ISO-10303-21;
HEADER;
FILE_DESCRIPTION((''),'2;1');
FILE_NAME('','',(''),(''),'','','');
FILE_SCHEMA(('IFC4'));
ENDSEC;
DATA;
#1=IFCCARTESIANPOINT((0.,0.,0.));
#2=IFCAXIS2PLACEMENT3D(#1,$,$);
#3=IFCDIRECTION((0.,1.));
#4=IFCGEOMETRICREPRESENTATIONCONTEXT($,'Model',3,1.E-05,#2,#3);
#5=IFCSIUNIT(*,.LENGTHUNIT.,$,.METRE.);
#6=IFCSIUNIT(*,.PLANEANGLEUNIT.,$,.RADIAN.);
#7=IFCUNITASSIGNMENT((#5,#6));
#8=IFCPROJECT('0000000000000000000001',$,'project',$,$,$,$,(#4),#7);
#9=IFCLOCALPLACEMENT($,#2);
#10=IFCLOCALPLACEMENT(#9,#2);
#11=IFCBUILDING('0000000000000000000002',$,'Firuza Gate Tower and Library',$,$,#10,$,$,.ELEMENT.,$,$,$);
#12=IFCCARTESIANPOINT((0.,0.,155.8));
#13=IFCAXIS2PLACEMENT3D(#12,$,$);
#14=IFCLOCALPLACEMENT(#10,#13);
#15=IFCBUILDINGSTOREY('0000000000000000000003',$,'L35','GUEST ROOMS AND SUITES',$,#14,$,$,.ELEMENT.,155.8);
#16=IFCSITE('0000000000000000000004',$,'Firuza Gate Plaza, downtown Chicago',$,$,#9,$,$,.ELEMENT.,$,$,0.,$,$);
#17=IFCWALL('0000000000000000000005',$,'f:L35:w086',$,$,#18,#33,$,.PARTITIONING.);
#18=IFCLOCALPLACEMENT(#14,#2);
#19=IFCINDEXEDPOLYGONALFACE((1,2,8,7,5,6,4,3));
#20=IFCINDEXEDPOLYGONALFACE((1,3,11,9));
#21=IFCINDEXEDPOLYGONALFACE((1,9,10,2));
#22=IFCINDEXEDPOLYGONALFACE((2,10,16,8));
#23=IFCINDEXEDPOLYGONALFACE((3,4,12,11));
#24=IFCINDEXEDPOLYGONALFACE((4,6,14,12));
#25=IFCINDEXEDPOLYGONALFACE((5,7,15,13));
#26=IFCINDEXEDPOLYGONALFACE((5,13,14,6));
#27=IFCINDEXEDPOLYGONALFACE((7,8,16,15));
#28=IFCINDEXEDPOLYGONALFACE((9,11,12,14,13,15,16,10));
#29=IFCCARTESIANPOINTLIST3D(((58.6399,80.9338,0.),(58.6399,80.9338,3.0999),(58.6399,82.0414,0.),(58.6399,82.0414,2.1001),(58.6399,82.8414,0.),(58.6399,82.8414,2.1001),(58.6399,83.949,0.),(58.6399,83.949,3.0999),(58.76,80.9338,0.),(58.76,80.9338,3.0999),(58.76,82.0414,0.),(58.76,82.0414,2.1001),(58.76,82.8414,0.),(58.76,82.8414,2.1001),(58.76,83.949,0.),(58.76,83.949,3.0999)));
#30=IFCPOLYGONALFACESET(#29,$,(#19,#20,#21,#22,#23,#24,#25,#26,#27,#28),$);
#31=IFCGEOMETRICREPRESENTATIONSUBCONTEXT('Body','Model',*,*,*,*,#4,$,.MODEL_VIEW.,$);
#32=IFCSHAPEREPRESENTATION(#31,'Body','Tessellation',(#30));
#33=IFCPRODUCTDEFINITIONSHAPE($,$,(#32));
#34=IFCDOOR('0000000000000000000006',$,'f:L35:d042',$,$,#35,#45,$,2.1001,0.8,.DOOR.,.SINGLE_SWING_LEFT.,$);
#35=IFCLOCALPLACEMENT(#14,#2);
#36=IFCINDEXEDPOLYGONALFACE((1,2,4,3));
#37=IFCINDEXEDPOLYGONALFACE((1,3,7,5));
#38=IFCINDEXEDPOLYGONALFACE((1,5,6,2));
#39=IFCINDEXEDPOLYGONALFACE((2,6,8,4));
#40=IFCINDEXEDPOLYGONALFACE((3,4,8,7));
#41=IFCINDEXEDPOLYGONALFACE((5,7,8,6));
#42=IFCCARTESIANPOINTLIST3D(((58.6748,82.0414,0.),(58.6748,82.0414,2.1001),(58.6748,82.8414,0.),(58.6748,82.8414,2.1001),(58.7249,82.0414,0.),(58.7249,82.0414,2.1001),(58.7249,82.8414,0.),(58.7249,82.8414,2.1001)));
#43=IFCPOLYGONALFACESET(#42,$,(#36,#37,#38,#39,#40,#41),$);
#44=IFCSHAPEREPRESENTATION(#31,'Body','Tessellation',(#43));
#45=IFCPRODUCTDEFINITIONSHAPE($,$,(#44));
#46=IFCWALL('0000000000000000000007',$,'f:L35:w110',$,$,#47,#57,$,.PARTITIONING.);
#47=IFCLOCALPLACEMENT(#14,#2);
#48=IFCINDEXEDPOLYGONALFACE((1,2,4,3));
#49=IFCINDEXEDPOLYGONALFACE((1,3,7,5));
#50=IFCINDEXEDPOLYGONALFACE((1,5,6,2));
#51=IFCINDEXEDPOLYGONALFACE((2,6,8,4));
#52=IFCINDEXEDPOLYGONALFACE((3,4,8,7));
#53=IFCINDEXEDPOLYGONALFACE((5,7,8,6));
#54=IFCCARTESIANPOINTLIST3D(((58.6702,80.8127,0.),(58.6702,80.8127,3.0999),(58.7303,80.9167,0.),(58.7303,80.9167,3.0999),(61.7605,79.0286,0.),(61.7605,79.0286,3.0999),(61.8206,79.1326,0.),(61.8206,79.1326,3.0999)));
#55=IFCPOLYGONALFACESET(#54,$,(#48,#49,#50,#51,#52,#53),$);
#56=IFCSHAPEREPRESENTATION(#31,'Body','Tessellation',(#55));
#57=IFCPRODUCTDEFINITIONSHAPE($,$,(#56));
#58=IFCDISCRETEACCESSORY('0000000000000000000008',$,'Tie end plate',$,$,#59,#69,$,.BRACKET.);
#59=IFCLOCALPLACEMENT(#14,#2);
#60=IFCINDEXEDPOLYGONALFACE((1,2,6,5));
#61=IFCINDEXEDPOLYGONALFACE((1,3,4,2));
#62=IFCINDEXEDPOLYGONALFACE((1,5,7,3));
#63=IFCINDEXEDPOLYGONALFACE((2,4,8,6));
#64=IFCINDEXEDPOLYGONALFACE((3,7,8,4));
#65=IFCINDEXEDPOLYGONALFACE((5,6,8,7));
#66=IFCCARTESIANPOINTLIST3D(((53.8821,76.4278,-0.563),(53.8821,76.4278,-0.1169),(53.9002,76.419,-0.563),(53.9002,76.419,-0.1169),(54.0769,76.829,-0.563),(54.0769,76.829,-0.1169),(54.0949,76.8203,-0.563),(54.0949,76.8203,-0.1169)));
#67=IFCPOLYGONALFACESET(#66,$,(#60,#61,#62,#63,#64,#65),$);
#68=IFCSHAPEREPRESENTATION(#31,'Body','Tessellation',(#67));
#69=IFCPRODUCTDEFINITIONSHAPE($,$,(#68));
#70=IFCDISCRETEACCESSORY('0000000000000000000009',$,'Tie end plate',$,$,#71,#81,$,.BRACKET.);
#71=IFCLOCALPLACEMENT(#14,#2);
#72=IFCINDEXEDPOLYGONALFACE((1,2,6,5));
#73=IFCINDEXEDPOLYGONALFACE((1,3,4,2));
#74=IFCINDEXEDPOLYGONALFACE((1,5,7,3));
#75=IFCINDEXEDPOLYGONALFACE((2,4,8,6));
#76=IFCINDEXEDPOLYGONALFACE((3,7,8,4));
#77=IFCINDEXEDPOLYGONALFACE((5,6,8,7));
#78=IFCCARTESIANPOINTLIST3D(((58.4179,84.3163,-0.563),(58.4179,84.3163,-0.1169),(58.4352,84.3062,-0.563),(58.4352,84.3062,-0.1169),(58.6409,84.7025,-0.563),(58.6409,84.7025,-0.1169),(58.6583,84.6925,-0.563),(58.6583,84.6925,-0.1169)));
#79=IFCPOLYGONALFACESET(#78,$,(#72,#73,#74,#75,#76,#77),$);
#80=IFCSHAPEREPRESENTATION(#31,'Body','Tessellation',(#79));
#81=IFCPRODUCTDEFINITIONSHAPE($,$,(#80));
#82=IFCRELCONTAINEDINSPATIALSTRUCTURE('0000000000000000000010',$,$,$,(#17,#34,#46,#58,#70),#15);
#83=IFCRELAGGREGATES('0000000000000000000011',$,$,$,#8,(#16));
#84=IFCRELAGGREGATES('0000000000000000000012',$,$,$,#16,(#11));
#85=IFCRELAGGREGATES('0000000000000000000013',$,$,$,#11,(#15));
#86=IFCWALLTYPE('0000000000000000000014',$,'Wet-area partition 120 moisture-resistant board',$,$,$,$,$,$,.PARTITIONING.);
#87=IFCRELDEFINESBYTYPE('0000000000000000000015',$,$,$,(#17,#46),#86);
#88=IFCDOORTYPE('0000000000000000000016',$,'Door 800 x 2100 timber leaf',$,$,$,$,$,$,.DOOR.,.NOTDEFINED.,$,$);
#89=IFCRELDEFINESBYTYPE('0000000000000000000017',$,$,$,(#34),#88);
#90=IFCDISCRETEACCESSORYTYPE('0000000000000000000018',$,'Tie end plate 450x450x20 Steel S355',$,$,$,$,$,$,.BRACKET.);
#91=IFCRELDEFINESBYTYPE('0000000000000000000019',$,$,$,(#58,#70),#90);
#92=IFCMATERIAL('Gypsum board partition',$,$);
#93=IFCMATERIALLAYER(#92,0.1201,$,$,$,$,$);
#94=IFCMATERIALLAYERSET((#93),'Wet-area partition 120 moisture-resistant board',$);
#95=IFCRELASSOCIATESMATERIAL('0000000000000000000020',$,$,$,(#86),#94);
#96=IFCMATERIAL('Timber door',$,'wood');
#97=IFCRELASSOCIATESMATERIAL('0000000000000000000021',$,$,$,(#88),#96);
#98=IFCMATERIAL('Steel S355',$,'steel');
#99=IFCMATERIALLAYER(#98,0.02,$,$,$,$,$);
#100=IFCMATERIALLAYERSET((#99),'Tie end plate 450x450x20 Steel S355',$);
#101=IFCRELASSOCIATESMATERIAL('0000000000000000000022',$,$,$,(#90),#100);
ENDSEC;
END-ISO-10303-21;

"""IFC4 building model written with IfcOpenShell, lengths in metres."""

from ifc_helpers import new_model, si_unit, direction, frame, frame_2d, origin, origin_2d, place, context, subcontext, project, spatial, rectangle, extrude, material, layer, layer_set, type_object, element, fill, save


model = new_model("IFC4")

# Units and contexts
model_context = context("Model", 3, precision=1e-05, world=origin(), true_north=direction((0.0, 1.0)))
body_context = subcontext(model_context, "Body", "Model", "MODEL_VIEW")
ifc_project = project(units=[si_unit("LENGTHUNIT", "METRE"), si_unit("PLANEANGLEUNIT", "RADIAN")], contexts=[model_context])

# Site, building, storey
site_placement = place(None, origin())
site = spatial("IfcSite", under=ifc_project, at=site_placement, Name="Firuza Gate Plaza, downtown Chicago", CompositionType="ELEMENT", RefElevation=0.0)
building_placement = place(site_placement, origin())
building = spatial("IfcBuilding", under=site, at=building_placement, Name="Firuza Gate Tower and Library", CompositionType="ELEMENT")
storey_placement = place(building_placement, frame((0.0, 0.0, 155.8)))
storey = spatial("IfcBuildingStorey", under=building, at=storey_placement, Name="L35", Description="GUEST ROOMS AND SUITES", CompositionType="ELEMENT", Elevation=155.8)

# Wall, opening, door
ifc_material_1 = material(Name="Gypsum board partition")
ifc_layer_1 = layer(ifc_material_1, 0.1201)
ifc_layer_set_1 = layer_set([ifc_layer_1], Name="Wet-area partition 120 moisture-resistant board")
wall_type_1 = type_object("IfcWallType", Name="Wet-area partition 120 moisture-resistant board", PredefinedType="PARTITIONING", material=ifc_layer_set_1)
ifc_material_2 = material(Name="Timber door", Category="wood")
door_type = type_object("IfcDoorType", Name="Door 800 x 2100 timber leaf", OperationType="NOTDEFINED", PredefinedType="DOOR", material=ifc_material_2)
wall_1_placement = place(storey_placement, frame((58.7, 83.949, 0.0), z_axis=(0.0, 0.0, 1.0), x_axis=(0.0, -1.0, 0.0)))
wall_1 = element("IfcWall", 1, at=wall_1_placement, inside=storey, type_object=wall_type_1, Name="f:L35:w086", PredefinedType="PARTITIONING", context=body_context, shape_type="SweptSolid", body=[
    extrude(rectangle(XDim=3.0151, YDim=0.1201, at=frame_2d((1.5076, 0.0))), origin(), (0.0, 0.0, 1.0), 3.0999),
])
opening_1_placement = place(wall_1_placement, frame((1.1077, 0.0, 0.0)))
opening_1 = element("IfcOpeningElement", 2, at=opening_1_placement, cuts=wall_1, PredefinedType="OPENING", context=body_context, shape_type="SweptSolid", body=[
    extrude(rectangle(XDim=0.8, YDim=2.1001, at=frame_2d((0.3999, 1.05))), frame((0.0, 0.0701, 0.0), z_axis=(0.0, -1.0, 0.0), x_axis=(1.0, 0.0, 0.0)), (0.0, 0.0, 1.0), 0.1401),
])
door_1_placement = place(opening_1_placement, origin())
door_1 = element("IfcDoor", 3, at=door_1_placement, inside=storey, type_object=door_type, Name="f:L35:d042", OperationType="SINGLE_SWING_LEFT", OverallHeight=2.1001, OverallWidth=0.8, PredefinedType="DOOR", context=body_context, shape_type="SweptSolid", body=[
    extrude(rectangle(XDim=0.8, YDim=2.1001, at=frame_2d((0.3999, 1.05))), frame((0.0, 0.0249, 0.0), z_axis=(0.0, -1.0, 0.0), x_axis=(1.0, 0.0, 0.0)), (0.0, 0.0, 1.0), 0.05),
])
fill(opening_1, door_1)

# Wall
wall_2_placement = place(storey_placement, frame((61.7905, 79.0806, 0.0), z_axis=(0.0, 0.0, 1.0), x_axis=(-0.866028, 0.499995, 0.0)))
element("IfcWall", 4, at=wall_2_placement, inside=storey, type_object=wall_type_1, Name="f:L35:w110", PredefinedType="PARTITIONING", context=body_context, shape_type="SweptSolid", body=[
    extrude(rectangle(XDim=3.5684, YDim=0.1201, at=frame_2d((1.7842, 0.0))), origin(), (0.0, 0.0, 1.0), 3.0999),
])

# Discrete accessories
ifc_material_3 = material(Name="Steel S355", Category="steel")
ifc_layer_2 = layer(ifc_material_3, 0.02)
ifc_layer_set_2 = layer_set([ifc_layer_2], Name="Tie end plate 450x450x20 Steel S355")
discrete_accessory_type = type_object("IfcDiscreteAccessoryType", Name="Tie end plate 450x450x20 Steel S355", PredefinedType="BRACKET", material=ifc_layer_set_2)
for number, where, z_axis, x_axis, name in (
    (5, (53.9885, 76.624, -0.563), (0.0, 0.0, 1.0), (0.899647, -0.436618, 0.0), "Tie end plate"),
    (6, (58.5381, 84.5044, -0.563), (0.0, 0.0, 1.0), (0.866025, -0.5, 0.0), "Tie end plate"),
):
    element("IfcDiscreteAccessory", number, at=place(storey_placement, frame(where, z_axis=z_axis, x_axis=x_axis)), inside=storey, type_object=discrete_accessory_type, Name=name, PredefinedType="BRACKET", context=body_context, shape_type="SweptSolid", body=[
        extrude(rectangle(XDim=0.02, YDim=0.446, at=origin_2d()), origin(), (0.0, 0.0, 1.0), 0.446),
    ])

save(model, "model.ifc")
